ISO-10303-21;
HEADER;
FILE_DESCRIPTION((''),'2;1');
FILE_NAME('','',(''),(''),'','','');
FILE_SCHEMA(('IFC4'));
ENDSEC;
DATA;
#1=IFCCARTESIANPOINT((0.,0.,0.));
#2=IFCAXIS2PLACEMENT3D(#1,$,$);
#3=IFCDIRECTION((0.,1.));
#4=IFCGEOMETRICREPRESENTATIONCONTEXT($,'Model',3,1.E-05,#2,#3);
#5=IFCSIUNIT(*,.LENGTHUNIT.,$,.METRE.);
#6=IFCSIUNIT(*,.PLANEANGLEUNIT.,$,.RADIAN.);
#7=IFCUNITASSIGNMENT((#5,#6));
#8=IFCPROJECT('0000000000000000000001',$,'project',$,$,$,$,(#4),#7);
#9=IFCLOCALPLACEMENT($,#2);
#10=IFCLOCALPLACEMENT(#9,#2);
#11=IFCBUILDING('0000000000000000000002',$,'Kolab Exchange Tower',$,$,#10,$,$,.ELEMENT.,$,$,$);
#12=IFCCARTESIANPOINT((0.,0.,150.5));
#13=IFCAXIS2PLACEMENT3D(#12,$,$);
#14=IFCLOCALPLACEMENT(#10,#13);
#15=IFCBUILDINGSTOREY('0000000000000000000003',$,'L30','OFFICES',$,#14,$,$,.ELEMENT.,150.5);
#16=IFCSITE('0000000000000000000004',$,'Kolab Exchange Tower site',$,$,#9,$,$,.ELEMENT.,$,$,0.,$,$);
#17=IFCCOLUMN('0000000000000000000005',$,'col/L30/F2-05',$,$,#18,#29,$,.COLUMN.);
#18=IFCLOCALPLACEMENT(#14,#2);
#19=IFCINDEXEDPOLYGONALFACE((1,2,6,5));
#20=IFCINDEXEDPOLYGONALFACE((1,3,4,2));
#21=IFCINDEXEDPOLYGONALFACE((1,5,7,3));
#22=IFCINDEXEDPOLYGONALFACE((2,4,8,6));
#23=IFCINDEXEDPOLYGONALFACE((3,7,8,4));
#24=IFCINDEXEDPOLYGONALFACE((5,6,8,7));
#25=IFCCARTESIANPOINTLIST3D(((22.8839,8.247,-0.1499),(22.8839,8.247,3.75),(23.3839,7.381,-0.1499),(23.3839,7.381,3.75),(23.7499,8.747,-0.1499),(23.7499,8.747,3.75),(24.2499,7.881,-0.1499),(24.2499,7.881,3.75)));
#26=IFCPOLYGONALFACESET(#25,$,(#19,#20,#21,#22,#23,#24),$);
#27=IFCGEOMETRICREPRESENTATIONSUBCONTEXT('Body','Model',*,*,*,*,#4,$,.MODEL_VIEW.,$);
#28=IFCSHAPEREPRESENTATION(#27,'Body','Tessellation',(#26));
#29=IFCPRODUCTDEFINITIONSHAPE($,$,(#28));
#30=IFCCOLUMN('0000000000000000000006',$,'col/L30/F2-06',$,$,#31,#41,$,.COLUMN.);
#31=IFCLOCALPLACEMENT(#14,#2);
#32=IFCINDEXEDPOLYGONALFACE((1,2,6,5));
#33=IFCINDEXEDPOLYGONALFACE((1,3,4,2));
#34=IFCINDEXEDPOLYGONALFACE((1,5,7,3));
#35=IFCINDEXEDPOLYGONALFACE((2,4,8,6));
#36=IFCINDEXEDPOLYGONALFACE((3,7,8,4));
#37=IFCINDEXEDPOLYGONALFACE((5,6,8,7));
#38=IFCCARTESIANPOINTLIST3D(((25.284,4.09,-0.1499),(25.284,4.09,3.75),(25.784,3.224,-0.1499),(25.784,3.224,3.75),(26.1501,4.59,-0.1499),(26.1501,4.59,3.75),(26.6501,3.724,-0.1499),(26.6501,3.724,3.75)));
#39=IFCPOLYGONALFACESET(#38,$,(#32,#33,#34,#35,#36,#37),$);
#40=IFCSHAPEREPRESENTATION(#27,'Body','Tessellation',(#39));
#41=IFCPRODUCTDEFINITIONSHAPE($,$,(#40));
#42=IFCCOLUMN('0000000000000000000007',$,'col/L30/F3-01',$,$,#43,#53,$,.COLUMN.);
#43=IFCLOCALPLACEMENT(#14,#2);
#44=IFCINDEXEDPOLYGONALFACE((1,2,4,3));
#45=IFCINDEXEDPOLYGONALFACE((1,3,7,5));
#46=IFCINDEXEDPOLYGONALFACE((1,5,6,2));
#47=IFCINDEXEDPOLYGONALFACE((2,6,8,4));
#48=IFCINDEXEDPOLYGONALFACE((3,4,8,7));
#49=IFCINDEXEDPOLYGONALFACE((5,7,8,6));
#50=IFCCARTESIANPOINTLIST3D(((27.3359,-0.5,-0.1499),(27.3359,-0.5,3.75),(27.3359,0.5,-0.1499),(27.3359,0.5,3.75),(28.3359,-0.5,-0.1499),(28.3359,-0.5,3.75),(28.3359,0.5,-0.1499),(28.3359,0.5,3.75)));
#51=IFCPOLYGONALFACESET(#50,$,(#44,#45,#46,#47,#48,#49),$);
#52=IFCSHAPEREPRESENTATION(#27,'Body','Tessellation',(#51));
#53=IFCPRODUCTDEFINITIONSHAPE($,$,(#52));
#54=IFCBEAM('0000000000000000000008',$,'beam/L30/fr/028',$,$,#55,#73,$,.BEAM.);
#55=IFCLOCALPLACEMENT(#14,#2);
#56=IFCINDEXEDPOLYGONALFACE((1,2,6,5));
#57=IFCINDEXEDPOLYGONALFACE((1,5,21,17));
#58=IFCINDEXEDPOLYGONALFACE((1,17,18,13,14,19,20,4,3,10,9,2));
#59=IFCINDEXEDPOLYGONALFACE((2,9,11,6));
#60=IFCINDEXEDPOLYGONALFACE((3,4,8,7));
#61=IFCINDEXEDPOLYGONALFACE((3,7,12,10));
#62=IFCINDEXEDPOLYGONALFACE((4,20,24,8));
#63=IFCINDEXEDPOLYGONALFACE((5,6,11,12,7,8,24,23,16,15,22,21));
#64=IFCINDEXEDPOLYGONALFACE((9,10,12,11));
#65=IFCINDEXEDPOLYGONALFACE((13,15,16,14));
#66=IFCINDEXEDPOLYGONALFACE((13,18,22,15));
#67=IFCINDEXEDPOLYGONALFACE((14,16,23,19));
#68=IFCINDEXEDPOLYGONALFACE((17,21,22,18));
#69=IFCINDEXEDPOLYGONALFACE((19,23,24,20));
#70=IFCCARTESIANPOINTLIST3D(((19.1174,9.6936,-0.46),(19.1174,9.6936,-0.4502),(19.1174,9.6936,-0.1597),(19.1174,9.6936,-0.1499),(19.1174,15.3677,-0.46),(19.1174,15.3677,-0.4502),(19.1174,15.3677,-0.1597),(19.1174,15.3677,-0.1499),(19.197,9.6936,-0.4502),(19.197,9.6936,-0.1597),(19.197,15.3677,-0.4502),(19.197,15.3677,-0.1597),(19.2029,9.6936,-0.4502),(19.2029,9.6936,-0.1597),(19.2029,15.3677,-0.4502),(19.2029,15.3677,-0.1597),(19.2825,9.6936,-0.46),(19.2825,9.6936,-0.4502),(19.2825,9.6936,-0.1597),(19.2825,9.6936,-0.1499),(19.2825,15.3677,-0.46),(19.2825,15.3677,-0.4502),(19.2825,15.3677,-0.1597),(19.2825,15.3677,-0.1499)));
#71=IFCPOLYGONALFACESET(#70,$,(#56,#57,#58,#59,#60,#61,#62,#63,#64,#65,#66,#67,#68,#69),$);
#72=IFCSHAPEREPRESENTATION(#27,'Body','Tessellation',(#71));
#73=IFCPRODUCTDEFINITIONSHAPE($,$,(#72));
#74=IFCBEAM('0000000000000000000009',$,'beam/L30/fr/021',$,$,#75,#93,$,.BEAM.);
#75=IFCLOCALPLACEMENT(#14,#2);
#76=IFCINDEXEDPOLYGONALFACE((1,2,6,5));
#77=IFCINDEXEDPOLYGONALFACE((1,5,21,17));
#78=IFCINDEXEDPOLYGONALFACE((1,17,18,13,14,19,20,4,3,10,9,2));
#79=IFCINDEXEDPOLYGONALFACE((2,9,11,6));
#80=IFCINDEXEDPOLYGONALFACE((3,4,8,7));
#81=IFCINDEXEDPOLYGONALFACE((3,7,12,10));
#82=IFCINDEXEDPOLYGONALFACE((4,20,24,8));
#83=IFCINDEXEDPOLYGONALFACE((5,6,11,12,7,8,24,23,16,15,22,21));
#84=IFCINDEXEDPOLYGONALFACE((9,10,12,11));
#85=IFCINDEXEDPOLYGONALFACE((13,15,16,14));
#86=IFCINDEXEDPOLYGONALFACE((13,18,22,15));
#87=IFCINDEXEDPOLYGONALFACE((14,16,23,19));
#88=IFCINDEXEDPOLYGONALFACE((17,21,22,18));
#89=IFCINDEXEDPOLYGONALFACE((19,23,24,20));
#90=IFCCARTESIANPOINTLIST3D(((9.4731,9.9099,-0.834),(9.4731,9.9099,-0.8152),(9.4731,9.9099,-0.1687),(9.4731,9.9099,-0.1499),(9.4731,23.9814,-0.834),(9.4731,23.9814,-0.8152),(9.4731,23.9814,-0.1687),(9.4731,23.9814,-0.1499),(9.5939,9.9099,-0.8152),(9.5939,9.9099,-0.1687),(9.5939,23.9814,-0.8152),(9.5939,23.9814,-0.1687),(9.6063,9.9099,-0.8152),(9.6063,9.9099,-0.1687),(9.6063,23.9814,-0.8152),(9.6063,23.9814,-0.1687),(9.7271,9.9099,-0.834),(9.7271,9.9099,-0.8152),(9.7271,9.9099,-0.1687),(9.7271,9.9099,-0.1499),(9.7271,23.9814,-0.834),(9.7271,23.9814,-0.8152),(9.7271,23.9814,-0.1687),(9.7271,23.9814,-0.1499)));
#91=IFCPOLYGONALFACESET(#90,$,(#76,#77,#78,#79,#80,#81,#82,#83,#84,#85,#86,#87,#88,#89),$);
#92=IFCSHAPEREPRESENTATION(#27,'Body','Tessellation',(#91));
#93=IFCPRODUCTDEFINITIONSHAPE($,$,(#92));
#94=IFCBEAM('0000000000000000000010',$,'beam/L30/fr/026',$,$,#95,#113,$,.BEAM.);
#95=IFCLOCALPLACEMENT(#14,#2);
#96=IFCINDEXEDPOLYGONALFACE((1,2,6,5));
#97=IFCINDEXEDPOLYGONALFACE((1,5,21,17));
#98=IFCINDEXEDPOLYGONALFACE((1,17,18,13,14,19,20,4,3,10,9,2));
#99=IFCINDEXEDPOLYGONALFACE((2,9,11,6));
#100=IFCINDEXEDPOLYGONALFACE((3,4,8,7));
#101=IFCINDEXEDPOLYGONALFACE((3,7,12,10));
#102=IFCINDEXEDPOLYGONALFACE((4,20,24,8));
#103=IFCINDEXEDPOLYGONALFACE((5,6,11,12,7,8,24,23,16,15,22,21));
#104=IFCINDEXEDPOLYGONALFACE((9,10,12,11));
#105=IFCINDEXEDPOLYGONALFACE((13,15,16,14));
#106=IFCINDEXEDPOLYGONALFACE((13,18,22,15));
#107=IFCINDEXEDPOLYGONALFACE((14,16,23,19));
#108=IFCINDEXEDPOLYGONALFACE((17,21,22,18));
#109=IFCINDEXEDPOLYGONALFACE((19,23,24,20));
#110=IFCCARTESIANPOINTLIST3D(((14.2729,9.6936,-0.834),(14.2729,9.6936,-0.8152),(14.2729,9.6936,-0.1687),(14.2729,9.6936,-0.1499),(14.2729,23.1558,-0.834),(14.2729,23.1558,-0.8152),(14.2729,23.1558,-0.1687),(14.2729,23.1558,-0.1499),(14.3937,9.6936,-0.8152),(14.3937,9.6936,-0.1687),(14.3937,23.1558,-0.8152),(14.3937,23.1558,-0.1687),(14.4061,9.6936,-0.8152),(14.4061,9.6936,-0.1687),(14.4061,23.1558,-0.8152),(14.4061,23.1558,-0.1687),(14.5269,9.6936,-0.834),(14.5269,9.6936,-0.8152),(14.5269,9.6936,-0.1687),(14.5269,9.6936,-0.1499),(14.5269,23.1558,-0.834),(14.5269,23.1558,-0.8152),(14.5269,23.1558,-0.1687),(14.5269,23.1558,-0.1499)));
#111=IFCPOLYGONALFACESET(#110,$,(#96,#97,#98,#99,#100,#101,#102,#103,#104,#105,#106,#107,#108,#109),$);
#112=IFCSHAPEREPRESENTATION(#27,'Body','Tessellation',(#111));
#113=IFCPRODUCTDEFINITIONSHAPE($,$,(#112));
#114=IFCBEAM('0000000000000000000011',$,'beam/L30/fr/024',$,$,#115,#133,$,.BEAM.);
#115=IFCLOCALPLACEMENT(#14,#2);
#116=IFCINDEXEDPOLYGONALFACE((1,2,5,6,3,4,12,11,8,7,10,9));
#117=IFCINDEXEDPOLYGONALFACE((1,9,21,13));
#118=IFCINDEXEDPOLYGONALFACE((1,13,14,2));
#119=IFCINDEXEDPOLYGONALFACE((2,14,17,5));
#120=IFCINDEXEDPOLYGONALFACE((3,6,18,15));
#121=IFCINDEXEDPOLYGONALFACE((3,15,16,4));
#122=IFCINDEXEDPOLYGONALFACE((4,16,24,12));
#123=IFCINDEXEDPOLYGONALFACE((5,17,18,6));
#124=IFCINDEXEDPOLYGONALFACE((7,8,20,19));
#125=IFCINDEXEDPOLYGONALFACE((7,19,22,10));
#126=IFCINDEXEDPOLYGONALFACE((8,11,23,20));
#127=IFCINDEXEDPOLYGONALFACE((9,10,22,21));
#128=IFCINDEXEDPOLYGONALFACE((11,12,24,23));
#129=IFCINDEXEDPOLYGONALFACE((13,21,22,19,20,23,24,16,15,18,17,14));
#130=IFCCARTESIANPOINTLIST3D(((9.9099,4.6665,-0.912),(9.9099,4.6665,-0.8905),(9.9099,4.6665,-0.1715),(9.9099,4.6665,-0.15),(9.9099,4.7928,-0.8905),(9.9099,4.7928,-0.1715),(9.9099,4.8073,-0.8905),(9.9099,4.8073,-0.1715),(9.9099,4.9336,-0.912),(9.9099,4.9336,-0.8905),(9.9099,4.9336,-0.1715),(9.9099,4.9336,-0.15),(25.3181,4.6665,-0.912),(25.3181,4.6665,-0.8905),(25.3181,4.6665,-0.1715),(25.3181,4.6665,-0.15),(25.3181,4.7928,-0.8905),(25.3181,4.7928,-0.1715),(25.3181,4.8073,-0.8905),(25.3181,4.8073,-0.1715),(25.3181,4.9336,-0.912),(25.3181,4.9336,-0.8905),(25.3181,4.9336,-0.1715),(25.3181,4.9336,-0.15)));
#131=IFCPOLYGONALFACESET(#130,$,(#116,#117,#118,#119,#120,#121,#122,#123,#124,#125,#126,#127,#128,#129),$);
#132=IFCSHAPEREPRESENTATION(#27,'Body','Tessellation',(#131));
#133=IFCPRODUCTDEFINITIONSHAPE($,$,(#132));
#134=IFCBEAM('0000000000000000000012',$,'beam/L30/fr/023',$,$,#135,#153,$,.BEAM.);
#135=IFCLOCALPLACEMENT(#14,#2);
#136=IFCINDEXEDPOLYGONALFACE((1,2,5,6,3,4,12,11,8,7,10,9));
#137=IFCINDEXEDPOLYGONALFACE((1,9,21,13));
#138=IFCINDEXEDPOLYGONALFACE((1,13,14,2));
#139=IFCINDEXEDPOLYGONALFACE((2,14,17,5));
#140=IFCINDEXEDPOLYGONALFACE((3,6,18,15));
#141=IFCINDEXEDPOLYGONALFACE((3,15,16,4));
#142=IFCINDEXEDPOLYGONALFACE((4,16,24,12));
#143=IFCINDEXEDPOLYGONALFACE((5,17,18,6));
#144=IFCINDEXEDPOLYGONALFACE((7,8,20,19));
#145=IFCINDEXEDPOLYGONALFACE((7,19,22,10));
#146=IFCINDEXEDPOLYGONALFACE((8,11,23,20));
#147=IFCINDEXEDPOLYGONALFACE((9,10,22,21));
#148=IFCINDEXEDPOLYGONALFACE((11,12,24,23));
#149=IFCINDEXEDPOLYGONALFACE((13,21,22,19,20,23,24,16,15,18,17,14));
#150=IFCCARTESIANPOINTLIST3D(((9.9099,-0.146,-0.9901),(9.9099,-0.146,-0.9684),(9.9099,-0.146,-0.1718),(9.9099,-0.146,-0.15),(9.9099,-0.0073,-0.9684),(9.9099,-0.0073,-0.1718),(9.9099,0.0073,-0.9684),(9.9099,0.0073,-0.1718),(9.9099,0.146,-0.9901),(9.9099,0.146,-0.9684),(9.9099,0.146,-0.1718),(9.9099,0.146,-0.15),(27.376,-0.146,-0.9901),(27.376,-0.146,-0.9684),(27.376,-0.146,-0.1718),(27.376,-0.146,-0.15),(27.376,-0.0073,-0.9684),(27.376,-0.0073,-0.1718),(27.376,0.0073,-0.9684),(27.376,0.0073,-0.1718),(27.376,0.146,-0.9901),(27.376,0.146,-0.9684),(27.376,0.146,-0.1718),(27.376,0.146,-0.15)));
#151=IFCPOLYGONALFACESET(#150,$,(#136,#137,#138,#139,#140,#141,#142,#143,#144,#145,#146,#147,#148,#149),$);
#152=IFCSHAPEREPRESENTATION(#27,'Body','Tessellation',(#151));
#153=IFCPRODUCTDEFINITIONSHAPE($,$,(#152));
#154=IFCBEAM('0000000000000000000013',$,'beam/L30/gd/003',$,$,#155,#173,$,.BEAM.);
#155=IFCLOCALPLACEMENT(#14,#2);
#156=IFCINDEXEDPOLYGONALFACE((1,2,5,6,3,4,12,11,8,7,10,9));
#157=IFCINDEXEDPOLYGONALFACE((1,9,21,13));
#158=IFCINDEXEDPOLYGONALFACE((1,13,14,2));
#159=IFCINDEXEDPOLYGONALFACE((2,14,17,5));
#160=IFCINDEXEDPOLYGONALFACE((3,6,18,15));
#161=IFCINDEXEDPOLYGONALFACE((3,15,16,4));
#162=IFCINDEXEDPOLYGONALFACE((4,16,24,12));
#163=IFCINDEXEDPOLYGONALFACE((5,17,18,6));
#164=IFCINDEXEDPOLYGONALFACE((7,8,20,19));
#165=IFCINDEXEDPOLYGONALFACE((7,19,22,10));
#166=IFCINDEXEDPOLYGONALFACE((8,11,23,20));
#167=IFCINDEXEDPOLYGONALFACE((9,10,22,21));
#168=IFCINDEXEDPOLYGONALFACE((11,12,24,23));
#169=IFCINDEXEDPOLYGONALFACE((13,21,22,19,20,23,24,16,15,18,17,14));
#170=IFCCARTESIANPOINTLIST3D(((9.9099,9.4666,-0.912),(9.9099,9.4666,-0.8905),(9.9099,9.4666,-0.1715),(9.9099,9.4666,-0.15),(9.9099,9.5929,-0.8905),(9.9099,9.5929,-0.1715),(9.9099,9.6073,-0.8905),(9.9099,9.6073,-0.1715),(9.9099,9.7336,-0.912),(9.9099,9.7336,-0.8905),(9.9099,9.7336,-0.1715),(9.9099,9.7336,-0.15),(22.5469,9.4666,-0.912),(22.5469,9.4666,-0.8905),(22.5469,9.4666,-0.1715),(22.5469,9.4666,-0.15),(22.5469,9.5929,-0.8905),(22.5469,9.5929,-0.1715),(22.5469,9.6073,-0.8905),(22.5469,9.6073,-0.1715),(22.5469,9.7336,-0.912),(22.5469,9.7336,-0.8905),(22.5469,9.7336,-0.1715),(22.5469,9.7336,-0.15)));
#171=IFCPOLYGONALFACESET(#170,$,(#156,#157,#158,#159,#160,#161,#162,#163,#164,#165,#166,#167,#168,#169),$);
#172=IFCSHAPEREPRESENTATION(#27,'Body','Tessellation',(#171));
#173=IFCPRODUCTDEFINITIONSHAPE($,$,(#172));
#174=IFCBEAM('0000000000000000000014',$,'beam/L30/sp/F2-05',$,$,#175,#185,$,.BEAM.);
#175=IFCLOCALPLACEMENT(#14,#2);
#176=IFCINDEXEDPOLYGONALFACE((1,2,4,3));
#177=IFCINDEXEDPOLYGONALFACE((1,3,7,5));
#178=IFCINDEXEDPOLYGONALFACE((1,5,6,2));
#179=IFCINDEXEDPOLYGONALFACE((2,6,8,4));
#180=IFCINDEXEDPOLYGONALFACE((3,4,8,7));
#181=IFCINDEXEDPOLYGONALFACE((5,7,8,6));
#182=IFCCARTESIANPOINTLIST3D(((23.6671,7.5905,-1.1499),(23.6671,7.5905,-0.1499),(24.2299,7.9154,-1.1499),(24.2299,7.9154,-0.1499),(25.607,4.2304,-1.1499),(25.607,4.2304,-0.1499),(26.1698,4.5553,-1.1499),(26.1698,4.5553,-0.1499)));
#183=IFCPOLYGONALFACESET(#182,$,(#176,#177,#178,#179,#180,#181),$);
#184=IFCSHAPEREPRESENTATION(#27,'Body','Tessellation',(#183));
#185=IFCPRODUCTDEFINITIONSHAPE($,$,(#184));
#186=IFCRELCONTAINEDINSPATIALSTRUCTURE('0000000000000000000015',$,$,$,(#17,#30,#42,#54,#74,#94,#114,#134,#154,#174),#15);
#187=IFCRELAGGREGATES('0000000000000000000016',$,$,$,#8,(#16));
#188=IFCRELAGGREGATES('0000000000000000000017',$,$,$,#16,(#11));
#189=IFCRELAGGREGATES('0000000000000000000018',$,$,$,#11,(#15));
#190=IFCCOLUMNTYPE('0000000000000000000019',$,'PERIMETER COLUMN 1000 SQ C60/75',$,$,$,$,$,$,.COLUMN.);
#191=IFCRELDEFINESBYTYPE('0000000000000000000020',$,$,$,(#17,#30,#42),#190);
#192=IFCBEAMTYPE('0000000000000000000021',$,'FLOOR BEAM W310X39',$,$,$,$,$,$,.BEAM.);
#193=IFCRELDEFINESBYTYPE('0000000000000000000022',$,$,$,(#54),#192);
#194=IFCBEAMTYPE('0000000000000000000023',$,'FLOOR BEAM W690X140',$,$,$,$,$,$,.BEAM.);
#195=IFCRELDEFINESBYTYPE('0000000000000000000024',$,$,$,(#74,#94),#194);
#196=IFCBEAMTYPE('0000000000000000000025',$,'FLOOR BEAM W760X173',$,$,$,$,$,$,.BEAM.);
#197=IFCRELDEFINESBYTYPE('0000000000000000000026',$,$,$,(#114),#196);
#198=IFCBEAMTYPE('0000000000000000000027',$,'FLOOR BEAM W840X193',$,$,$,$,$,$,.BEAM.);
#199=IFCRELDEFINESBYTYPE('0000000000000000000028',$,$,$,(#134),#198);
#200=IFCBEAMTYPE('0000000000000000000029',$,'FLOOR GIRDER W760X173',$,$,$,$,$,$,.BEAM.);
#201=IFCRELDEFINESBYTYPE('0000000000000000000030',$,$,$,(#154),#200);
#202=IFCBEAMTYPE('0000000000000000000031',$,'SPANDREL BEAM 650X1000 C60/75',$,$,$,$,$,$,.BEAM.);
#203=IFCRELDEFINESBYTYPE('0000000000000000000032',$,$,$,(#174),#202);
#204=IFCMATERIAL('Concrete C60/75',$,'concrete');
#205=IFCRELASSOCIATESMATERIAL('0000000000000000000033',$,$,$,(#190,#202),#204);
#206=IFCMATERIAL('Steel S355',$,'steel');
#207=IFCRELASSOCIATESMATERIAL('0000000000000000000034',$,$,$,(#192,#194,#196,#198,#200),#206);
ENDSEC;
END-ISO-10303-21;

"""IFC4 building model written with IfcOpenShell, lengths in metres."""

from ifc_helpers import new_model, si_unit, direction, frame, origin, origin_2d, place, context, subcontext, project, spatial, rectangle, i_section, extrude, material, material_profile, profile_set, type_object, element, save


model = new_model("IFC4")

# Units and contexts
model_context = context("Model", 3, precision=1e-05, world=origin(), true_north=direction((0.0, 1.0)))
body_context = subcontext(model_context, "Body", "Model", "MODEL_VIEW")
ifc_project = project(units=[si_unit("LENGTHUNIT", "METRE"), si_unit("PLANEANGLEUNIT", "RADIAN")], contexts=[model_context])

# Site, building, storey
site_placement = place(None, origin())
site = spatial("IfcSite", under=ifc_project, at=site_placement, Name="Kolab Exchange Tower site", CompositionType="ELEMENT", RefElevation=0.0)
building_placement = place(site_placement, origin())
building = spatial("IfcBuilding", under=site, at=building_placement, Name="Kolab Exchange Tower", CompositionType="ELEMENT")
storey_placement = place(building_placement, frame((0.0, 0.0, 150.5)))
storey = spatial("IfcBuildingStorey", under=building, at=storey_placement, Name="L30", Description="OFFICES", CompositionType="ELEMENT", Elevation=150.5)

# Columns
ifc_material_1 = material(Name="Concrete C60/75", Category="concrete")
ifc_material_profile_1 = material_profile(ifc_material_1, rectangle(XDim=1.0, YDim=1.0, at=origin_2d()), Name="RC1000")
ifc_profile_set_1 = profile_set([ifc_material_profile_1], Name="Concrete C60/75")
column_type = type_object("IfcColumnType", Name="PERIMETER COLUMN 1000 SQ C60/75", PredefinedType="COLUMN", material=ifc_profile_set_1)
for number, where, z_axis, x_axis, name in (
    (1, (23.5669, 8.064, -0.1499), (0.0, 0.0, 1.0), (0.866025, 0.5, 0.0), "col/L30/F2-05"),
    (2, (25.967, 3.907, -0.1499), (0.0, 0.0, 1.0), (0.866025, 0.5, 0.0), "col/L30/F2-06"),
    (3, (27.8359, 0.0, -0.1499), (0.0, 0.0, 1.0), (1.0, 0.0, 0.0), "col/L30/F3-01"),
):
    element("IfcColumn", number, at=place(storey_placement, frame(where, z_axis=z_axis, x_axis=x_axis)), inside=storey, type_object=column_type, Name=name, PredefinedType="COLUMN", context=body_context, shape_type="SweptSolid", body=[
        extrude(rectangle(XDim=1.0, YDim=1.0, at=origin_2d()), origin(), (0.0, 0.0, 1.0), 3.8999),
    ])

# Beams
ifc_material_2 = material(Name="Steel S355", Category="steel")
ifc_material_profile_2 = material_profile(ifc_material_2, i_section(OverallWidth=0.165, OverallDepth=0.3101, WebThickness=0.0059, FlangeThickness=0.0098, at=origin_2d()), Name="W310X39")
ifc_profile_set_2 = profile_set([ifc_material_profile_2], Name="Steel S355")
beam_type_1 = type_object("IfcBeamType", Name="FLOOR BEAM W310X39", PredefinedType="BEAM", material=ifc_profile_set_2)
beam_1_placement = place(storey_placement, frame((19.2, 9.6936, -0.3049), z_axis=(0.0, 1.0, 0.0), x_axis=(-1.0, 0.0, 0.0)))
element("IfcBeam", 4, at=beam_1_placement, inside=storey, type_object=beam_type_1, Name="beam/L30/fr/028", PredefinedType="BEAM", context=body_context, shape_type="SweptSolid", body=[
    extrude(i_section(OverallWidth=0.165, OverallDepth=0.3101, WebThickness=0.0059, FlangeThickness=0.0098, at=origin_2d()), origin(), (0.0, 0.0, 1.0), 5.6741),
])
ifc_material_profile_3 = material_profile(ifc_material_2, i_section(OverallWidth=0.2539, OverallDepth=0.6841, WebThickness=0.0125, FlangeThickness=0.0188, at=origin_2d()), Name="W690X140")
ifc_profile_set_3 = profile_set([ifc_material_profile_3], Name="Steel S355")
beam_type_2 = type_object("IfcBeamType", Name="FLOOR BEAM W690X140", PredefinedType="BEAM", material=ifc_profile_set_3)
beam_2_placement = place(storey_placement, frame((9.6001, 9.9099, -0.4919), z_axis=(0.0, 1.0, 0.0), x_axis=(-1.0, 0.0, 0.0)))
element("IfcBeam", 5, at=beam_2_placement, inside=storey, type_object=beam_type_2, Name="beam/L30/fr/021", PredefinedType="BEAM", context=body_context, shape_type="SweptSolid", body=[
    extrude(i_section(OverallWidth=0.2539, OverallDepth=0.6841, WebThickness=0.0125, FlangeThickness=0.0188, at=origin_2d()), origin(), (0.0, 0.0, 1.0), 14.0715),
])
beam_3_placement = place(storey_placement, frame((14.3999, 9.6936, -0.4919), z_axis=(0.0, 1.0, 0.0), x_axis=(-1.0, 0.0, 0.0)))
element("IfcBeam", 6, at=beam_3_placement, inside=storey, type_object=beam_type_2, Name="beam/L30/fr/026", PredefinedType="BEAM", context=body_context, shape_type="SweptSolid", body=[
    extrude(i_section(OverallWidth=0.2539, OverallDepth=0.6841, WebThickness=0.0125, FlangeThickness=0.0188, at=origin_2d()), origin(), (0.0, 0.0, 1.0), 13.4622),
])
ifc_material_profile_4 = material_profile(ifc_material_2, i_section(OverallWidth=0.2671, OverallDepth=0.762, WebThickness=0.0144, FlangeThickness=0.0215, at=origin_2d()), Name="W760X173")
ifc_profile_set_4 = profile_set([ifc_material_profile_4], Name="Steel S355")
beam_type_3 = type_object("IfcBeamType", Name="FLOOR BEAM W760X173", PredefinedType="BEAM", material=ifc_profile_set_4)
beam_4_placement = place(storey_placement, frame((9.9099, 4.8, -0.531), z_axis=(1.0, 0.0, 0.0), x_axis=(0.0, 1.0, 0.0)))
element("IfcBeam", 7, at=beam_4_placement, inside=storey, type_object=beam_type_3, Name="beam/L30/fr/024", PredefinedType="BEAM", context=body_context, shape_type="SweptSolid", body=[
    extrude(i_section(OverallWidth=0.2671, OverallDepth=0.762, WebThickness=0.0144, FlangeThickness=0.0215, at=origin_2d()), origin(), (0.0, 0.0, 1.0), 15.4082),
])
ifc_material_profile_5 = material_profile(ifc_material_2, i_section(OverallWidth=0.292, OverallDepth=0.8401, WebThickness=0.0146, FlangeThickness=0.0217, at=origin_2d()), Name="W840X193")
ifc_profile_set_5 = profile_set([ifc_material_profile_5], Name="Steel S355")
beam_type_4 = type_object("IfcBeamType", Name="FLOOR BEAM W840X193", PredefinedType="BEAM", material=ifc_profile_set_5)
beam_5_placement = place(storey_placement, frame((9.9099, 0.0, -0.5701), z_axis=(1.0, 0.0, 0.0), x_axis=(0.0, 1.0, 0.0)))
element("IfcBeam", 8, at=beam_5_placement, inside=storey, type_object=beam_type_4, Name="beam/L30/fr/023", PredefinedType="BEAM", context=body_context, shape_type="SweptSolid", body=[
    extrude(i_section(OverallWidth=0.292, OverallDepth=0.8401, WebThickness=0.0146, FlangeThickness=0.0217, at=origin_2d()), origin(), (0.0, 0.0, 1.0), 17.4661),
])
ifc_material_profile_6 = material_profile(ifc_material_2, i_section(OverallWidth=0.2671, OverallDepth=0.762, WebThickness=0.0144, FlangeThickness=0.0215, at=origin_2d()), Name="W760X173")
ifc_profile_set_6 = profile_set([ifc_material_profile_6], Name="Steel S355")
beam_type_5 = type_object("IfcBeamType", Name="FLOOR GIRDER W760X173", PredefinedType="BEAM", material=ifc_profile_set_6)
beam_6_placement = place(storey_placement, frame((9.9099, 9.6001, -0.531), z_axis=(1.0, 0.0, 0.0), x_axis=(0.0, 1.0, 0.0)))
element("IfcBeam", 9, at=beam_6_placement, inside=storey, type_object=beam_type_5, Name="beam/L30/gd/003", PredefinedType="BEAM", context=body_context, shape_type="SweptSolid", body=[
    extrude(i_section(OverallWidth=0.2671, OverallDepth=0.762, WebThickness=0.0144, FlangeThickness=0.0215, at=origin_2d()), origin(), (0.0, 0.0, 1.0), 12.637),
])
ifc_material_profile_7 = material_profile(ifc_material_1, rectangle(XDim=0.6499, YDim=1.0, at=origin_2d()), Name="RC650X1000")
ifc_profile_set_7 = profile_set([ifc_material_profile_7], Name="Concrete C60/75")
beam_type_6 = type_object("IfcBeamType", Name="SPANDREL BEAM 650X1000 C60/75", PredefinedType="BEAM", material=ifc_profile_set_7)
beam_7_placement = place(storey_placement, frame((23.9485, 7.7529, -0.6499), z_axis=(0.499997, -0.866027, 0.0), x_axis=(0.866027, 0.499997, 0.0)))
element("IfcBeam", 10, at=beam_7_placement, inside=storey, type_object=beam_type_6, Name="beam/L30/sp/F2-05", PredefinedType="BEAM", context=body_context, shape_type="SweptSolid", body=[
    extrude(rectangle(XDim=0.6499, YDim=1.0, at=origin_2d()), origin(), (0.0, 0.0, 1.0), 3.8799),
])

save(model, "model.ifc")
